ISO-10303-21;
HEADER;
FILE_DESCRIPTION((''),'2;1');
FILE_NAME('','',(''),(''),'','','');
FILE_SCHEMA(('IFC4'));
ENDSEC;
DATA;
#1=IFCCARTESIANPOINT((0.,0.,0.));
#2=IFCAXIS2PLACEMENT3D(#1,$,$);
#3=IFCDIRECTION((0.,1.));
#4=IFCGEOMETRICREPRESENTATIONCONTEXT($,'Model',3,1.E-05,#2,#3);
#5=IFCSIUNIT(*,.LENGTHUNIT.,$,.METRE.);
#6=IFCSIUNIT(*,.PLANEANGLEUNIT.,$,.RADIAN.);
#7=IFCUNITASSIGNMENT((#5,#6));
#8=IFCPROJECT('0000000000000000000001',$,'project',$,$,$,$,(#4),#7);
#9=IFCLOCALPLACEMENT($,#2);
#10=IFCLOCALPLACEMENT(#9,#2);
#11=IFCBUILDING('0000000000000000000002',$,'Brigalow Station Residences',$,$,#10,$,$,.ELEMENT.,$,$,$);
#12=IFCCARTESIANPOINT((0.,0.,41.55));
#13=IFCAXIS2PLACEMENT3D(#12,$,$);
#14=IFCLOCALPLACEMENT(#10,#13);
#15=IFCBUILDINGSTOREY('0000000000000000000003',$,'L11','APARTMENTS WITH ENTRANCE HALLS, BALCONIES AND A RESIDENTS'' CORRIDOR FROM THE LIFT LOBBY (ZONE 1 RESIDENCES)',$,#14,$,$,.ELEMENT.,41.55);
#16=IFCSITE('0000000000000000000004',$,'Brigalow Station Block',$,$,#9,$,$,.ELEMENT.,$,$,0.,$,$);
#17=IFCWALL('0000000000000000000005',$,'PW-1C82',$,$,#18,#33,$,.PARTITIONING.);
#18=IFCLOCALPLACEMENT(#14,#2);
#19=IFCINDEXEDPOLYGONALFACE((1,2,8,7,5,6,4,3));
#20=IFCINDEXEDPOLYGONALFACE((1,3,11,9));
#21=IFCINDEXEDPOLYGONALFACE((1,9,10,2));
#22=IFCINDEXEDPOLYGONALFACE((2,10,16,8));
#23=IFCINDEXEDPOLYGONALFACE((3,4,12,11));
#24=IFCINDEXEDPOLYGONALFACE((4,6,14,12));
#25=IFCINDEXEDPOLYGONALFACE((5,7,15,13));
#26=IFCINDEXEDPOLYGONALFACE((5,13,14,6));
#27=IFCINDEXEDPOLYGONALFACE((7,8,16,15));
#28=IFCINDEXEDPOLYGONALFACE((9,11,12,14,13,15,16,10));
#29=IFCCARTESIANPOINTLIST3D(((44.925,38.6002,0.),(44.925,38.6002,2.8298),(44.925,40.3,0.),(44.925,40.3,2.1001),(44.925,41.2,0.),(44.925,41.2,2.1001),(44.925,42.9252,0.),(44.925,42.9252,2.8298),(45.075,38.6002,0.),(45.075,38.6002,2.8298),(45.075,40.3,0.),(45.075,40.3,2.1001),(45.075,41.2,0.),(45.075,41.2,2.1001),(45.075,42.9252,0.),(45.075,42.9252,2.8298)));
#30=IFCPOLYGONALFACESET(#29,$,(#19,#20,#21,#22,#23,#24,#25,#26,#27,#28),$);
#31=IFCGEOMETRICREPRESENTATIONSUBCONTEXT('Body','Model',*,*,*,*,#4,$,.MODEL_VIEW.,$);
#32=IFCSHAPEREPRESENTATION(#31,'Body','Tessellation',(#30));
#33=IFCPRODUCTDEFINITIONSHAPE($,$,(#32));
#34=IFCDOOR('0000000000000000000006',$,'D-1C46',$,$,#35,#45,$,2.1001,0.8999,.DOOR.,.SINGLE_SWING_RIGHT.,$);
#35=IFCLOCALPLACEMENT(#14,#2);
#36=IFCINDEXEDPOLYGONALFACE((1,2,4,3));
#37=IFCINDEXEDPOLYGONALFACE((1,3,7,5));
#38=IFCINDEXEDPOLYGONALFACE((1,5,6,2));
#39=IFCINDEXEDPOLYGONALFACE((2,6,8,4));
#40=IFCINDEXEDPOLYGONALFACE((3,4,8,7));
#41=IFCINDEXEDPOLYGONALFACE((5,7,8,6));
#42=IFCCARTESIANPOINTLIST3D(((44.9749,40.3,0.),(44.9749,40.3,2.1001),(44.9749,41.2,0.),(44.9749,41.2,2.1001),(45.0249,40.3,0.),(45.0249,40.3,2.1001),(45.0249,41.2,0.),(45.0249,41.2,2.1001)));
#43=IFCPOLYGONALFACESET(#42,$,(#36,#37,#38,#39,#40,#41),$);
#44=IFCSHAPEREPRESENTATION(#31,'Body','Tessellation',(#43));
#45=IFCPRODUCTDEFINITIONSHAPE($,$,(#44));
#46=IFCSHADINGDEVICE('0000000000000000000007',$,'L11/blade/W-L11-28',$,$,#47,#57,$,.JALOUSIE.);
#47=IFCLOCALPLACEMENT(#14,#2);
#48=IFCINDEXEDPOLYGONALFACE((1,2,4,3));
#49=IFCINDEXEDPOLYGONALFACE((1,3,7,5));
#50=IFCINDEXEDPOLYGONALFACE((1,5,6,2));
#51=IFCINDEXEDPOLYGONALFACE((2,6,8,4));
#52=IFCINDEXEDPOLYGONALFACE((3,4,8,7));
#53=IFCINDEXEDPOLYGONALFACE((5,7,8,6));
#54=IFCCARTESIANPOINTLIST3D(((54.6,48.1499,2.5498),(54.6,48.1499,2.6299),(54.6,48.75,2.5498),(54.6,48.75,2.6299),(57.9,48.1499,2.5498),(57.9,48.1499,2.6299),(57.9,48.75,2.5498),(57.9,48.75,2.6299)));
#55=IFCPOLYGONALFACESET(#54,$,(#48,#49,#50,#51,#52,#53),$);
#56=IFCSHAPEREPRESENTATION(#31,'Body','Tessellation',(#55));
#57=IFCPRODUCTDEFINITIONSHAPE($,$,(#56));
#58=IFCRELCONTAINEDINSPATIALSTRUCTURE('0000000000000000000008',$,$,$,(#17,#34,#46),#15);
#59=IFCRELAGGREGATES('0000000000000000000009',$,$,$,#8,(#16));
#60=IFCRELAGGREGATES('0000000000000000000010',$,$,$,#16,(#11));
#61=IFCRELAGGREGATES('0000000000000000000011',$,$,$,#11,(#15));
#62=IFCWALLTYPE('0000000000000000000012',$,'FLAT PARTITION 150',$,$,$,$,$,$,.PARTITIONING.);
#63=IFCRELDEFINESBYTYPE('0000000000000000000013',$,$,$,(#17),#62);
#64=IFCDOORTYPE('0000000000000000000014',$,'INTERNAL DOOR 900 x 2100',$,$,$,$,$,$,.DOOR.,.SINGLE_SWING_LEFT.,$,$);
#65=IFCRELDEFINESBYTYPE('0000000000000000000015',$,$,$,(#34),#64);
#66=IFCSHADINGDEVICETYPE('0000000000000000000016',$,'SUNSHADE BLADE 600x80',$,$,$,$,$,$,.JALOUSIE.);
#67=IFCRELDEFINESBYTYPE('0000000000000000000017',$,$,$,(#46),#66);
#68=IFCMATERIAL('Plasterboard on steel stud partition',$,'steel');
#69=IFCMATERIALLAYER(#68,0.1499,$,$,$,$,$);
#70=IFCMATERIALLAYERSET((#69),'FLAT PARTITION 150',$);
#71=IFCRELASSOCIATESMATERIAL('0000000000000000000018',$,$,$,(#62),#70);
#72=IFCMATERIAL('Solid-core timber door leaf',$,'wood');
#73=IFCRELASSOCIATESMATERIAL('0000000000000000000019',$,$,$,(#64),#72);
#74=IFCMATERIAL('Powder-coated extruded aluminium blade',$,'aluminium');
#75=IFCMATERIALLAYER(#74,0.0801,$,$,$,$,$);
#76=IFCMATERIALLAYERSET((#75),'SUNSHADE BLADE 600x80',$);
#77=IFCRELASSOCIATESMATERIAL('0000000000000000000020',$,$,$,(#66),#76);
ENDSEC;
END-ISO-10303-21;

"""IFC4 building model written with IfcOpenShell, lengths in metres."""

from ifc_helpers import new_model, si_unit, direction, frame, frame_2d, origin, origin_2d, place, context, subcontext, project, spatial, rectangle, extrude, material, layer, layer_set, type_object, element, fill, save


model = new_model("IFC4")

# Units and contexts
model_context = context("Model", 3, precision=1e-05, world=origin(), true_north=direction((0.0, 1.0)))
body_context = subcontext(model_context, "Body", "Model", "MODEL_VIEW")
ifc_project = project(units=[si_unit("LENGTHUNIT", "METRE"), si_unit("PLANEANGLEUNIT", "RADIAN")], contexts=[model_context])

# Site, building, storey
site_placement = place(None, origin())
site = spatial("IfcSite", under=ifc_project, at=site_placement, Name="Brigalow Station Block", CompositionType="ELEMENT", RefElevation=0.0)
building_placement = place(site_placement, origin())
building = spatial("IfcBuilding", under=site, at=building_placement, Name="Brigalow Station Residences", CompositionType="ELEMENT")
storey_placement = place(building_placement, frame((0.0, 0.0, 41.55)))
storey = spatial("IfcBuildingStorey", under=building, at=storey_placement, Name="L11", Description="APARTMENTS WITH ENTRANCE HALLS, BALCONIES AND A RESIDENTS' CORRIDOR FROM THE LIFT LOBBY (ZONE 1 RESIDENCES)", CompositionType="ELEMENT", Elevation=41.55)

# Shared definitions
ifc_material_1 = material(Name="Plasterboard on steel stud partition", Category="steel")
ifc_layer_1 = layer(ifc_material_1, 0.1499)
ifc_layer_set_1 = layer_set([ifc_layer_1], Name="FLAT PARTITION 150")
wall_type_1 = type_object("IfcWallType", Name="FLAT PARTITION 150", PredefinedType="PARTITIONING", material=ifc_layer_set_1)
ifc_material_2 = material(Name="Solid-core timber door leaf", Category="wood")
door_type_1 = type_object("IfcDoorType", Name="INTERNAL DOOR 900 x 2100", OperationType="SINGLE_SWING_LEFT", PredefinedType="DOOR", material=ifc_material_2)

# Wall, opening, door
wall_1_placement = place(storey_placement, frame((45.0, 38.6001, 0.0), z_axis=(0.0, 0.0, 1.0), x_axis=(0.0, 1.0, 0.0)))
wall_1 = element("IfcWall", 1, at=wall_1_placement, inside=storey, type_object=wall_type_1, Name="PW-1C82", PredefinedType="PARTITIONING", context=body_context, shape_type="SweptSolid", body=[
    extrude(rectangle(XDim=4.325, YDim=0.1499, at=frame_2d((2.1626, 0.0))), origin(), (0.0, 0.0, 1.0), 2.8298),
])
opening_1_placement = place(wall_1_placement, frame((1.7, 0.0, 0.0)))
opening_1 = element("IfcOpeningElement", 2, at=opening_1_placement, cuts=wall_1, PredefinedType="OPENING", context=body_context, shape_type="SweptSolid", body=[
    extrude(rectangle(XDim=0.8999, YDim=2.1001, at=frame_2d((0.45, 1.05))), frame((0.0, 0.085, 0.0), z_axis=(0.0, -1.0, 0.0), x_axis=(1.0, 0.0, 0.0)), (0.0, 0.0, 1.0), 0.1699),
])
door_1_placement = place(opening_1_placement, frame((0.8999, 0.0, 0.0), z_axis=(0.0, 0.0, 1.0), x_axis=(-1.0, 0.0, 0.0)))
door_1 = element("IfcDoor", 3, at=door_1_placement, inside=storey, type_object=door_type_1, Name="D-1C46", OperationType="SINGLE_SWING_RIGHT", OverallHeight=2.1001, OverallWidth=0.8999, PredefinedType="DOOR", context=body_context, shape_type="SweptSolid", body=[
    extrude(rectangle(XDim=0.8999, YDim=2.1001, at=frame_2d((0.45, 1.05))), frame((0.0, 0.0249, 0.0), z_axis=(0.0, -1.0, 0.0), x_axis=(1.0, 0.0, 0.0)), (0.0, 0.0, 1.0), 0.05),
])
fill(opening_1, door_1)

# Shading device
ifc_material_3 = material(Name="Powder-coated extruded aluminium blade", Category="aluminium")
ifc_layer_2 = layer(ifc_material_3, 0.0801)
ifc_layer_set_2 = layer_set([ifc_layer_2], Name="SUNSHADE BLADE 600x80")
shading_device_type = type_object("IfcShadingDeviceType", Name="SUNSHADE BLADE 600x80", PredefinedType="JALOUSIE", material=ifc_layer_set_2)
shading_device_placement = place(storey_placement, frame((56.25, 48.45, 2.5498), z_axis=(0.0, 0.0, 1.0), x_axis=(-1.0, 0.0, 0.0)))
element("IfcShadingDevice", 4, at=shading_device_placement, inside=storey, type_object=shading_device_type, Name="L11/blade/W-L11-28", PredefinedType="JALOUSIE", context=body_context, shape_type="SweptSolid", body=[
    extrude(rectangle(XDim=3.3, YDim=0.6001, at=origin_2d()), origin(), (0.0, 0.0, 1.0), 0.0801),
])

save(model, "model.ifc")
